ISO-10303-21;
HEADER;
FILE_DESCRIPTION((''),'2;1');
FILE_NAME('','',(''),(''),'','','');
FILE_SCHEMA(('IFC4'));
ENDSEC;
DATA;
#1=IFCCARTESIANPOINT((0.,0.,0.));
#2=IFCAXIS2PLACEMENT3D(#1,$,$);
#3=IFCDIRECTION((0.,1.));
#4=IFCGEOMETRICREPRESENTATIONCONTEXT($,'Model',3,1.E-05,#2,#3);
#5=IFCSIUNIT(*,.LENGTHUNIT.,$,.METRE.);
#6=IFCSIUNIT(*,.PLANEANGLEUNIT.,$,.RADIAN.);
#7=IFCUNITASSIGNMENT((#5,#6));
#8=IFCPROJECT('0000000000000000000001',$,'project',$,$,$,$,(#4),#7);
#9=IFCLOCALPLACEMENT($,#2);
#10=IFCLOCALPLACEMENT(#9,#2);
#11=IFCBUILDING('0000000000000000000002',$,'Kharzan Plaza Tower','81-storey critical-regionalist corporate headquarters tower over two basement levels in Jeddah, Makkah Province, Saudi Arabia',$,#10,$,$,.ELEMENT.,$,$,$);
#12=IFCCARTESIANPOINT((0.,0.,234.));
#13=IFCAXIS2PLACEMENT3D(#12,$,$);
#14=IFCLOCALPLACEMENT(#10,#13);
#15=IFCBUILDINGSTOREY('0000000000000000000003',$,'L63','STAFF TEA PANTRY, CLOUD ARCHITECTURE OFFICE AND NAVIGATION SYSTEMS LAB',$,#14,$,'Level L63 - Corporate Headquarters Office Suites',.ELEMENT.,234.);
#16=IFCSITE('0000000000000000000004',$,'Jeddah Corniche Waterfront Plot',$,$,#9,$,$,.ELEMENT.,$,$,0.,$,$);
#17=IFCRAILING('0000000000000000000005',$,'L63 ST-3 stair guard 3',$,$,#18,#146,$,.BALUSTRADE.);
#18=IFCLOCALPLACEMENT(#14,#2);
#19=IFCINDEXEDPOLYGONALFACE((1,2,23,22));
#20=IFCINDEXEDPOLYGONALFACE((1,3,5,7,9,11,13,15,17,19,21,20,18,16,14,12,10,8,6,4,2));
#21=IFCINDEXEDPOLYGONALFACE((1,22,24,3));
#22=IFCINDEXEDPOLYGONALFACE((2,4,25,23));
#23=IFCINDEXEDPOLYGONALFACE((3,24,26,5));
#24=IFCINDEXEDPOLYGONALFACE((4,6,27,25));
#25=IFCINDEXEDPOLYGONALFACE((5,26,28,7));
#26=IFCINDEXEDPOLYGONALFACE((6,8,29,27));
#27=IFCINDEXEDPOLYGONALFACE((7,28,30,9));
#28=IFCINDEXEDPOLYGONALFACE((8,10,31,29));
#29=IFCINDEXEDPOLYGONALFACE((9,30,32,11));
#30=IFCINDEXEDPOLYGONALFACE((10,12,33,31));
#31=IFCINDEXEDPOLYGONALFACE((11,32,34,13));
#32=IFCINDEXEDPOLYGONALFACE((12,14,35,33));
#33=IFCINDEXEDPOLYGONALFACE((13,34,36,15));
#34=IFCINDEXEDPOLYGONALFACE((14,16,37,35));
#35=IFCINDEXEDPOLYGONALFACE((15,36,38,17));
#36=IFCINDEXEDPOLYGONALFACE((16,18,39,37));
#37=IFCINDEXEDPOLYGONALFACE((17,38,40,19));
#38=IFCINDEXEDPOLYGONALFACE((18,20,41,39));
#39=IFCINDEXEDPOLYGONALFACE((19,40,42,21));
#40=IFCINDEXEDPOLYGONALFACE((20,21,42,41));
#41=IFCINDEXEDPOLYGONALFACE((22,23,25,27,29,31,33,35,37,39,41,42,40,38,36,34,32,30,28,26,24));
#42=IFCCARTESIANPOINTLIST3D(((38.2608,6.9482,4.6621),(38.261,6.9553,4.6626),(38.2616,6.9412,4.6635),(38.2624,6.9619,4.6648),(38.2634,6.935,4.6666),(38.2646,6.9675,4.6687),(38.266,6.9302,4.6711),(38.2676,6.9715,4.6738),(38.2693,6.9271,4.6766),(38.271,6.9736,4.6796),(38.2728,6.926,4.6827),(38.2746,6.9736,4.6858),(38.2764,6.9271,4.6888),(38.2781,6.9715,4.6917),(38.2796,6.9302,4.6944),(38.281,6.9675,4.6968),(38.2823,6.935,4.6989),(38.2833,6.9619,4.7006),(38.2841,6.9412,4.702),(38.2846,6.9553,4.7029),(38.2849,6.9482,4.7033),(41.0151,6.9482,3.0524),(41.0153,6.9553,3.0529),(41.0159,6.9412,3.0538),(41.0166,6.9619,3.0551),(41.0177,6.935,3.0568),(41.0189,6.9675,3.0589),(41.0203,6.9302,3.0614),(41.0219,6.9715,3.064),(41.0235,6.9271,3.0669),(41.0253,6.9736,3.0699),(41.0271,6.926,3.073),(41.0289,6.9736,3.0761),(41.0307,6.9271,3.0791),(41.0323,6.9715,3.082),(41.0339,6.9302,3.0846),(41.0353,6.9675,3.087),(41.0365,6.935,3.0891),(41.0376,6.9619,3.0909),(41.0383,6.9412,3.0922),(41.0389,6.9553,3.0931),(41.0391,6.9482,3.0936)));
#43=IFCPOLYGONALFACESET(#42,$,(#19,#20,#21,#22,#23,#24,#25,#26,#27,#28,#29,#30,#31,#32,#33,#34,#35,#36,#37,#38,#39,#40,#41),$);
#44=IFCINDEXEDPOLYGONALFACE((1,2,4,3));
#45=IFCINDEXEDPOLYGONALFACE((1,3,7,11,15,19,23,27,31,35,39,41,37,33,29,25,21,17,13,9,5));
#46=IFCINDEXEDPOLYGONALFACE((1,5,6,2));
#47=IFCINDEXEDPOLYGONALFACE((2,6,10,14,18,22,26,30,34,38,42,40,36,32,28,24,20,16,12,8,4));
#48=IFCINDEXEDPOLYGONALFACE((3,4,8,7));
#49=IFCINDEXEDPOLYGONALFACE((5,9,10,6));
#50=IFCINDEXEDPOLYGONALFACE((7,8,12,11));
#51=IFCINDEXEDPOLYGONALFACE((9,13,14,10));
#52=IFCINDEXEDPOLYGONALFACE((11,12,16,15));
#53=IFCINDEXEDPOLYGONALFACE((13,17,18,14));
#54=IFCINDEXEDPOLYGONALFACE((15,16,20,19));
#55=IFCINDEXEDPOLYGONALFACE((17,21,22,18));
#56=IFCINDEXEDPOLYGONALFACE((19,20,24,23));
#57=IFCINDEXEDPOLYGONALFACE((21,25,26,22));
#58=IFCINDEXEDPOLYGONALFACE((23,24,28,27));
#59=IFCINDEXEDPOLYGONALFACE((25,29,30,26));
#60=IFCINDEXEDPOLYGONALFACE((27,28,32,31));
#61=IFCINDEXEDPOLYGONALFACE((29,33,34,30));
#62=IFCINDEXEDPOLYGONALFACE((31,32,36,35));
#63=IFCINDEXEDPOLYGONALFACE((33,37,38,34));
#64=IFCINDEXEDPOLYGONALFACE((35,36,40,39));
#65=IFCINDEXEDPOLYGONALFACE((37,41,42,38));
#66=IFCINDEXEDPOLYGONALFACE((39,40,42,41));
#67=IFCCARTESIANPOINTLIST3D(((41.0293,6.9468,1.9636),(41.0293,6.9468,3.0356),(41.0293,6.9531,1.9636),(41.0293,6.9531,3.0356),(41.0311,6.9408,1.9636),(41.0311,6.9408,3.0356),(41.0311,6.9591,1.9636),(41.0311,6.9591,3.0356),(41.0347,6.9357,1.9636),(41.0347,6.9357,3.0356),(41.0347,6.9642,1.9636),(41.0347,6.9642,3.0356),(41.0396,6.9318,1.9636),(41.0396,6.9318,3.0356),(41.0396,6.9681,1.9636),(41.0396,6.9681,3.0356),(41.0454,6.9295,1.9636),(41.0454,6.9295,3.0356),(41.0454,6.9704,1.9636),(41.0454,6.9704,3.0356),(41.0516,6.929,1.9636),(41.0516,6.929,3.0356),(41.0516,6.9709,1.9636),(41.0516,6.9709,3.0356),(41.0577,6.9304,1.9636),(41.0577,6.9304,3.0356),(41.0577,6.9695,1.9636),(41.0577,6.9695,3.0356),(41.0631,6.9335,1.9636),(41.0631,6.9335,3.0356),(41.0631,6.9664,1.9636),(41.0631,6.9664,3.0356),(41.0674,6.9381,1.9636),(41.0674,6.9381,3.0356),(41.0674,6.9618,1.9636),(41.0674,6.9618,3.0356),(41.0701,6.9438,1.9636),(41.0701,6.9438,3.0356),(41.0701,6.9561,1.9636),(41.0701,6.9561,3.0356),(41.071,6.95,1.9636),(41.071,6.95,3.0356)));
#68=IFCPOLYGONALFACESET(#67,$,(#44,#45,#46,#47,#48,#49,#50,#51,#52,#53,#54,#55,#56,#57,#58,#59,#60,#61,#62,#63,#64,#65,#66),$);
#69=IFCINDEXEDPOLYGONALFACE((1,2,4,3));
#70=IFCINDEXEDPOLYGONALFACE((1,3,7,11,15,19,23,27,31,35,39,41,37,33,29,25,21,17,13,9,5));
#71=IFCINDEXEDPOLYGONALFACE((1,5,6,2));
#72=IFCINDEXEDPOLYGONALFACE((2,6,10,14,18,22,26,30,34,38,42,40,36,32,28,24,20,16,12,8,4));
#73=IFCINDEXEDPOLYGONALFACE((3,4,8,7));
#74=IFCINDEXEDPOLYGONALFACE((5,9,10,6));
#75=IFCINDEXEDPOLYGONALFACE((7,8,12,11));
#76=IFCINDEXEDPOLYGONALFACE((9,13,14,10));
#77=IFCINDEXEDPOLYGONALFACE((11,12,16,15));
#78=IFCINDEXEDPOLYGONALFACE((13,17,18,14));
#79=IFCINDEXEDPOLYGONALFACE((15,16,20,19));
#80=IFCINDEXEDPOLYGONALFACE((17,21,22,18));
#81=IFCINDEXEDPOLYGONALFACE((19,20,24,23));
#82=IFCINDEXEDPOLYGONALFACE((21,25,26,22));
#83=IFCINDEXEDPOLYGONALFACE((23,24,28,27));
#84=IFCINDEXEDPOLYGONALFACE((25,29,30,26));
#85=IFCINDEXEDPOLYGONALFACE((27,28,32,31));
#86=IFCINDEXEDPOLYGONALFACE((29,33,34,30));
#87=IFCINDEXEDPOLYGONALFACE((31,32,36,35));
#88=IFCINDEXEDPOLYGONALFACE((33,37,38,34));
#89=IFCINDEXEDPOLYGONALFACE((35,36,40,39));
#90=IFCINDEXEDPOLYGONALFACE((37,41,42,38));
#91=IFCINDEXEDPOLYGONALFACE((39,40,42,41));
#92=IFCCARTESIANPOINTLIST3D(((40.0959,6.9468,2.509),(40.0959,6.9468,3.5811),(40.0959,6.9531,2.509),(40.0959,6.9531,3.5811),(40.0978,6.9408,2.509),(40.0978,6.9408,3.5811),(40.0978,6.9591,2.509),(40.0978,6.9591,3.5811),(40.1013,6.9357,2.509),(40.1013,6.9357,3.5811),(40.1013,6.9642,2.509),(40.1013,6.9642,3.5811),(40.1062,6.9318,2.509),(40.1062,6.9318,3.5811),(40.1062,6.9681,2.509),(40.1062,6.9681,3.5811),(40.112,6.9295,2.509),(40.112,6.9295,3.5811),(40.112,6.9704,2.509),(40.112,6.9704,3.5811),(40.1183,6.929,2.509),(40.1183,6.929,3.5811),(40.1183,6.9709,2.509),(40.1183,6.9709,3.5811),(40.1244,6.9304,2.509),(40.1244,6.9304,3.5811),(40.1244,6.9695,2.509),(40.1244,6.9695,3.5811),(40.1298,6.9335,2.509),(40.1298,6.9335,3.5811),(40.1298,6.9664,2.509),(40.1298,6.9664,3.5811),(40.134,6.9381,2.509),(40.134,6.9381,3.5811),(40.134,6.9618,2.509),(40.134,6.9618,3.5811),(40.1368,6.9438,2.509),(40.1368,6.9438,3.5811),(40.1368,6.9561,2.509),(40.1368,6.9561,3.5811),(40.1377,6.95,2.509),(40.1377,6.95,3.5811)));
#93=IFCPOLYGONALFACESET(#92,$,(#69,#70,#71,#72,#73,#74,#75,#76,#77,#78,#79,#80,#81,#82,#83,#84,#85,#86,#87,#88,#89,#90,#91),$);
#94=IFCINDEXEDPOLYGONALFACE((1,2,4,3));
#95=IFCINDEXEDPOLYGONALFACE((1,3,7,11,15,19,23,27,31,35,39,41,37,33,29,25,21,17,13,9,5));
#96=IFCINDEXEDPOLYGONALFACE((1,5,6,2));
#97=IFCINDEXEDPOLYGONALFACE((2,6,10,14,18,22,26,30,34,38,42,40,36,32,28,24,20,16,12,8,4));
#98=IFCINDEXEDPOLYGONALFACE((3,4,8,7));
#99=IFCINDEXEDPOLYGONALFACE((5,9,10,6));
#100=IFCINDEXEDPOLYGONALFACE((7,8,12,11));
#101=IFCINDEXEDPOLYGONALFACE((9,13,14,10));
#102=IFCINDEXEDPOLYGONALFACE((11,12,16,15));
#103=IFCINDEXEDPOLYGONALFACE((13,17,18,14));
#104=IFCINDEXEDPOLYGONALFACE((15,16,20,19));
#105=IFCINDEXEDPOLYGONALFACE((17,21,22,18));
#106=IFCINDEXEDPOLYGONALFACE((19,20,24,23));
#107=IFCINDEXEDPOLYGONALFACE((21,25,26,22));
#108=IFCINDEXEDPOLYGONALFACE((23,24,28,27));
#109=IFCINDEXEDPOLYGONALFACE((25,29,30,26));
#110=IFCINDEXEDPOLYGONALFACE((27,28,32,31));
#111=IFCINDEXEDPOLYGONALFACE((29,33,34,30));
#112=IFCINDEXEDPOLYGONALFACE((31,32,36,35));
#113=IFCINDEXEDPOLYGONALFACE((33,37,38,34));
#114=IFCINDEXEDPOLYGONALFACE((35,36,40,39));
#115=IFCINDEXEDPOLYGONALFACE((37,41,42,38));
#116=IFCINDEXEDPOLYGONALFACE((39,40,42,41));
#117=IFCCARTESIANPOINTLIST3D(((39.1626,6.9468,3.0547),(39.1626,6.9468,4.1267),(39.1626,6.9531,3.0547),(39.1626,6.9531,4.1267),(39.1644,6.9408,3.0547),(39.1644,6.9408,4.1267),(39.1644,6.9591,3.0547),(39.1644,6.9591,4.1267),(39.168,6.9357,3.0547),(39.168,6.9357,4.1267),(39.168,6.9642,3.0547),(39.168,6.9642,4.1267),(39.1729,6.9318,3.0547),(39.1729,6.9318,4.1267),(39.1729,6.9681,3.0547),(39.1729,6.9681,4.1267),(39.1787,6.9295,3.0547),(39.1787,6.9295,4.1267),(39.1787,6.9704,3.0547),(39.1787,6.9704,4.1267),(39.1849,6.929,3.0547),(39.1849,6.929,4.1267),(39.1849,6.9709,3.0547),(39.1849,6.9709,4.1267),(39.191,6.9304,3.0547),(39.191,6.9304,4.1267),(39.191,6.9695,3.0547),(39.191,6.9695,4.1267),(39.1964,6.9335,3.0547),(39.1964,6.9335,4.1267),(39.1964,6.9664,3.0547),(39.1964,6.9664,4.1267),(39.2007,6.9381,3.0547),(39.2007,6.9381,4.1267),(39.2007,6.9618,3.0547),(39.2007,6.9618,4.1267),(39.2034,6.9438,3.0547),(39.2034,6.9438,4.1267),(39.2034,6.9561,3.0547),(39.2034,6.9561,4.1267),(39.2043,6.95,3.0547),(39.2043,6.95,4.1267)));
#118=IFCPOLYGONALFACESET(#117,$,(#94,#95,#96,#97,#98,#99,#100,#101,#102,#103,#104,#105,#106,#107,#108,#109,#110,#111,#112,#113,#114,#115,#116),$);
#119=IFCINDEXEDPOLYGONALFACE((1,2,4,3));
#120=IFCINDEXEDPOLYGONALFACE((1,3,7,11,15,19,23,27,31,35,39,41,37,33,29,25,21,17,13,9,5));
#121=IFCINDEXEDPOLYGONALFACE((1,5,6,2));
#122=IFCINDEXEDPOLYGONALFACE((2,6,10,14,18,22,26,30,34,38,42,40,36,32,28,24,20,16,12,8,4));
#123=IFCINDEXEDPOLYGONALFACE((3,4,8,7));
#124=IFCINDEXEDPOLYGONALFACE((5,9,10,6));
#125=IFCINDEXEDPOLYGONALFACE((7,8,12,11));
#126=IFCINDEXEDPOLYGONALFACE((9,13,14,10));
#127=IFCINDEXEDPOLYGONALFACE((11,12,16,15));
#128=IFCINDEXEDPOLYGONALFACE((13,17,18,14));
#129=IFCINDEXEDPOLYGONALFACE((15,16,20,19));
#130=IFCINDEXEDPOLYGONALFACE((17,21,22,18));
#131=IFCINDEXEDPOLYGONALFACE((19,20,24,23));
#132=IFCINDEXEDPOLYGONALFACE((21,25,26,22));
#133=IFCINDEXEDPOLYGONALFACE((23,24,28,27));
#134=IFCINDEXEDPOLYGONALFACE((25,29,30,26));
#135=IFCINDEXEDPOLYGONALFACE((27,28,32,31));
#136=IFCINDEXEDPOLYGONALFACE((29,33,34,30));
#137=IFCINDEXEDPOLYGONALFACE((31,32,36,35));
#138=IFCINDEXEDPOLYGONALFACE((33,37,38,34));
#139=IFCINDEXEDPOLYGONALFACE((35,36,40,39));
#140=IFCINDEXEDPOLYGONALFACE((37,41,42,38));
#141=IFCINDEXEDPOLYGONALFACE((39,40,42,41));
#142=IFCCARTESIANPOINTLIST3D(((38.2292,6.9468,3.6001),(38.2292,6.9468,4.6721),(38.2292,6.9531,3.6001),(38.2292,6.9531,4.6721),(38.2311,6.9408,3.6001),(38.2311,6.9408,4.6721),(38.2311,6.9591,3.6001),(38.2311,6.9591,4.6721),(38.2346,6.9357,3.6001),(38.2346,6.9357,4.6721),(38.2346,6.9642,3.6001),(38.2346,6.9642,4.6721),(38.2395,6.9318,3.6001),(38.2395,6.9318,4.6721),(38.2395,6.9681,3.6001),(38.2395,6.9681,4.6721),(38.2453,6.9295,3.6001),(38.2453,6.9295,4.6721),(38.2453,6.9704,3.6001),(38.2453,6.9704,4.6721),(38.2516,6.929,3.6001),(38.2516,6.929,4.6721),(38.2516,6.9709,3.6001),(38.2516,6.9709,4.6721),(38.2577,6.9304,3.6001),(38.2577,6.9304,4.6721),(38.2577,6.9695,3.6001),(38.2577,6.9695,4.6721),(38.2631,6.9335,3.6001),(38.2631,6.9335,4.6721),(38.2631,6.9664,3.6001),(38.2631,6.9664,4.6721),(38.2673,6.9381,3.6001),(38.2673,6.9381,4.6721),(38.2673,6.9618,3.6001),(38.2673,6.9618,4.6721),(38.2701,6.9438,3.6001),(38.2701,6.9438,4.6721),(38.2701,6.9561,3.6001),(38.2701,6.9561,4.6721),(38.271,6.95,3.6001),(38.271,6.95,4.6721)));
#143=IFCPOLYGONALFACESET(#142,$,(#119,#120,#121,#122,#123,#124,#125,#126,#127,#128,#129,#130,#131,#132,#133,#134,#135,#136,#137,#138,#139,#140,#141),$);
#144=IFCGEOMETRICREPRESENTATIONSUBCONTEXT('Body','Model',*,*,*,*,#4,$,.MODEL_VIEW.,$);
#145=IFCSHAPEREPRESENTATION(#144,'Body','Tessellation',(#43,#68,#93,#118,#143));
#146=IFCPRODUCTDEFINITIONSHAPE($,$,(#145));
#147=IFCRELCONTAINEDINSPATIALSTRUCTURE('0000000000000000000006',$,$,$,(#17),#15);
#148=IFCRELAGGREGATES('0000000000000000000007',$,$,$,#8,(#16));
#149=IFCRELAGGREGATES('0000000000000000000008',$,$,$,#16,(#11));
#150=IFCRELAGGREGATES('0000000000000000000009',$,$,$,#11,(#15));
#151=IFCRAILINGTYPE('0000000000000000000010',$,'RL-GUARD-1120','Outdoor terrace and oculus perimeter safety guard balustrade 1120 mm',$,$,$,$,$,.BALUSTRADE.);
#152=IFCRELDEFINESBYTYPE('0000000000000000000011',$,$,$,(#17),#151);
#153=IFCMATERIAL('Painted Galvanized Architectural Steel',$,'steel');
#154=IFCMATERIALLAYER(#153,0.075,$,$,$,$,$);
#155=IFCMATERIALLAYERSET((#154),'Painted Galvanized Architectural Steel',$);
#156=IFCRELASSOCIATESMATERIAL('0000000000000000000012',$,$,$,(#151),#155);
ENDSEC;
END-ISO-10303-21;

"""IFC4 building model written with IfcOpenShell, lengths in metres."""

from ifc_helpers import new_model, si_unit, direction, frame, origin, origin_2d, place, context, subcontext, project, spatial, circle, extrude, source, transform, mapped, material, layer, layer_set, type_object, element, save


model = new_model("IFC4")

# Units and contexts
model_context = context("Model", 3, precision=1e-05, world=origin(), true_north=direction((0.0, 1.0)))
body_context = subcontext(model_context, "Body", "Model", "MODEL_VIEW")
ifc_project = project(units=[si_unit("LENGTHUNIT", "METRE"), si_unit("PLANEANGLEUNIT", "RADIAN")], contexts=[model_context])

# Site, building, storey
site_placement = place(None, origin())
site = spatial("IfcSite", under=ifc_project, at=site_placement, Name="Jeddah Corniche Waterfront Plot", CompositionType="ELEMENT", RefElevation=0.0)
building_placement = place(site_placement, origin())
building = spatial("IfcBuilding", under=site, at=building_placement, Name="Kharzan Plaza Tower", Description="81-storey critical-regionalist corporate headquarters tower over two basement levels in Jeddah, Makkah Province, Saudi Arabia", CompositionType="ELEMENT")
storey_placement = place(building_placement, frame((0.0, 0.0, 234.0)))
storey = spatial("IfcBuildingStorey", under=building, at=storey_placement, Name="L63", Description="STAFF TEA PANTRY, CLOUD ARCHITECTURE OFFICE AND NAVIGATION SYSTEMS LAB", LongName="Level L63 - Corporate Headquarters Office Suites", CompositionType="ELEMENT", Elevation=234.0)

# Railing
ifc_material_1 = material(Name="Painted Galvanized Architectural Steel", Category="steel")
ifc_layer_1 = layer(ifc_material_1, 0.075)
ifc_layer_set_1 = layer_set([ifc_layer_1], Name="Painted Galvanized Architectural Steel")
railing_type_1 = type_object("IfcRailingType", Name="RL-GUARD-1120", Description="Outdoor terrace and oculus perimeter safety guard balustrade 1120 mm", PredefinedType="BALUSTRADE", material=ifc_layer_set_1)
shared_shape_1 = source(origin(), body_context, "Body", "SweptSolid", [
    extrude(circle(Radius=0.0239, at=origin_2d()), frame((-0.0229, 0.0, 1.1094), z_axis=(-0.863361, 0.0, 0.504587), x_axis=(0.0, -1.0, 0.0)), (0.0, 0.0, 1.0), 3.1902),
    extrude(circle(Radius=0.021, at=origin_2d()), origin(), (0.0, 0.0, 1.0), 1.072),
    extrude(circle(Radius=0.021, at=origin_2d()), frame((-0.9333, 0.0, 0.5454)), (0.0, 0.0, 1.0), 1.072),
    extrude(circle(Radius=0.021, at=origin_2d()), frame((-1.8667, 0.0, 1.0911)), (0.0, 0.0, 1.0), 1.072),
    extrude(circle(Radius=0.021, at=origin_2d()), frame((-2.8, 0.0, 1.6365)), (0.0, 0.0, 1.0), 1.072),
])
railing_1_placement = place(storey_placement, frame((41.05, 6.95, 1.9636)))
element("IfcRailing", 1, at=railing_1_placement, inside=storey, type_object=railing_type_1, Name="L63 ST-3 stair guard 3", PredefinedType="BALUSTRADE", context=body_context, shape_type="MappedRepresentation", body=[
    mapped(shared_shape_1, transform((0.0, 0.0, 0.0), x_axis=(1.0, 0.0, 0.0), y_axis=(0.0, 1.0, 0.0), z_axis=(0.0, 0.0, 1.0))),
])

save(model, "model.ifc")
